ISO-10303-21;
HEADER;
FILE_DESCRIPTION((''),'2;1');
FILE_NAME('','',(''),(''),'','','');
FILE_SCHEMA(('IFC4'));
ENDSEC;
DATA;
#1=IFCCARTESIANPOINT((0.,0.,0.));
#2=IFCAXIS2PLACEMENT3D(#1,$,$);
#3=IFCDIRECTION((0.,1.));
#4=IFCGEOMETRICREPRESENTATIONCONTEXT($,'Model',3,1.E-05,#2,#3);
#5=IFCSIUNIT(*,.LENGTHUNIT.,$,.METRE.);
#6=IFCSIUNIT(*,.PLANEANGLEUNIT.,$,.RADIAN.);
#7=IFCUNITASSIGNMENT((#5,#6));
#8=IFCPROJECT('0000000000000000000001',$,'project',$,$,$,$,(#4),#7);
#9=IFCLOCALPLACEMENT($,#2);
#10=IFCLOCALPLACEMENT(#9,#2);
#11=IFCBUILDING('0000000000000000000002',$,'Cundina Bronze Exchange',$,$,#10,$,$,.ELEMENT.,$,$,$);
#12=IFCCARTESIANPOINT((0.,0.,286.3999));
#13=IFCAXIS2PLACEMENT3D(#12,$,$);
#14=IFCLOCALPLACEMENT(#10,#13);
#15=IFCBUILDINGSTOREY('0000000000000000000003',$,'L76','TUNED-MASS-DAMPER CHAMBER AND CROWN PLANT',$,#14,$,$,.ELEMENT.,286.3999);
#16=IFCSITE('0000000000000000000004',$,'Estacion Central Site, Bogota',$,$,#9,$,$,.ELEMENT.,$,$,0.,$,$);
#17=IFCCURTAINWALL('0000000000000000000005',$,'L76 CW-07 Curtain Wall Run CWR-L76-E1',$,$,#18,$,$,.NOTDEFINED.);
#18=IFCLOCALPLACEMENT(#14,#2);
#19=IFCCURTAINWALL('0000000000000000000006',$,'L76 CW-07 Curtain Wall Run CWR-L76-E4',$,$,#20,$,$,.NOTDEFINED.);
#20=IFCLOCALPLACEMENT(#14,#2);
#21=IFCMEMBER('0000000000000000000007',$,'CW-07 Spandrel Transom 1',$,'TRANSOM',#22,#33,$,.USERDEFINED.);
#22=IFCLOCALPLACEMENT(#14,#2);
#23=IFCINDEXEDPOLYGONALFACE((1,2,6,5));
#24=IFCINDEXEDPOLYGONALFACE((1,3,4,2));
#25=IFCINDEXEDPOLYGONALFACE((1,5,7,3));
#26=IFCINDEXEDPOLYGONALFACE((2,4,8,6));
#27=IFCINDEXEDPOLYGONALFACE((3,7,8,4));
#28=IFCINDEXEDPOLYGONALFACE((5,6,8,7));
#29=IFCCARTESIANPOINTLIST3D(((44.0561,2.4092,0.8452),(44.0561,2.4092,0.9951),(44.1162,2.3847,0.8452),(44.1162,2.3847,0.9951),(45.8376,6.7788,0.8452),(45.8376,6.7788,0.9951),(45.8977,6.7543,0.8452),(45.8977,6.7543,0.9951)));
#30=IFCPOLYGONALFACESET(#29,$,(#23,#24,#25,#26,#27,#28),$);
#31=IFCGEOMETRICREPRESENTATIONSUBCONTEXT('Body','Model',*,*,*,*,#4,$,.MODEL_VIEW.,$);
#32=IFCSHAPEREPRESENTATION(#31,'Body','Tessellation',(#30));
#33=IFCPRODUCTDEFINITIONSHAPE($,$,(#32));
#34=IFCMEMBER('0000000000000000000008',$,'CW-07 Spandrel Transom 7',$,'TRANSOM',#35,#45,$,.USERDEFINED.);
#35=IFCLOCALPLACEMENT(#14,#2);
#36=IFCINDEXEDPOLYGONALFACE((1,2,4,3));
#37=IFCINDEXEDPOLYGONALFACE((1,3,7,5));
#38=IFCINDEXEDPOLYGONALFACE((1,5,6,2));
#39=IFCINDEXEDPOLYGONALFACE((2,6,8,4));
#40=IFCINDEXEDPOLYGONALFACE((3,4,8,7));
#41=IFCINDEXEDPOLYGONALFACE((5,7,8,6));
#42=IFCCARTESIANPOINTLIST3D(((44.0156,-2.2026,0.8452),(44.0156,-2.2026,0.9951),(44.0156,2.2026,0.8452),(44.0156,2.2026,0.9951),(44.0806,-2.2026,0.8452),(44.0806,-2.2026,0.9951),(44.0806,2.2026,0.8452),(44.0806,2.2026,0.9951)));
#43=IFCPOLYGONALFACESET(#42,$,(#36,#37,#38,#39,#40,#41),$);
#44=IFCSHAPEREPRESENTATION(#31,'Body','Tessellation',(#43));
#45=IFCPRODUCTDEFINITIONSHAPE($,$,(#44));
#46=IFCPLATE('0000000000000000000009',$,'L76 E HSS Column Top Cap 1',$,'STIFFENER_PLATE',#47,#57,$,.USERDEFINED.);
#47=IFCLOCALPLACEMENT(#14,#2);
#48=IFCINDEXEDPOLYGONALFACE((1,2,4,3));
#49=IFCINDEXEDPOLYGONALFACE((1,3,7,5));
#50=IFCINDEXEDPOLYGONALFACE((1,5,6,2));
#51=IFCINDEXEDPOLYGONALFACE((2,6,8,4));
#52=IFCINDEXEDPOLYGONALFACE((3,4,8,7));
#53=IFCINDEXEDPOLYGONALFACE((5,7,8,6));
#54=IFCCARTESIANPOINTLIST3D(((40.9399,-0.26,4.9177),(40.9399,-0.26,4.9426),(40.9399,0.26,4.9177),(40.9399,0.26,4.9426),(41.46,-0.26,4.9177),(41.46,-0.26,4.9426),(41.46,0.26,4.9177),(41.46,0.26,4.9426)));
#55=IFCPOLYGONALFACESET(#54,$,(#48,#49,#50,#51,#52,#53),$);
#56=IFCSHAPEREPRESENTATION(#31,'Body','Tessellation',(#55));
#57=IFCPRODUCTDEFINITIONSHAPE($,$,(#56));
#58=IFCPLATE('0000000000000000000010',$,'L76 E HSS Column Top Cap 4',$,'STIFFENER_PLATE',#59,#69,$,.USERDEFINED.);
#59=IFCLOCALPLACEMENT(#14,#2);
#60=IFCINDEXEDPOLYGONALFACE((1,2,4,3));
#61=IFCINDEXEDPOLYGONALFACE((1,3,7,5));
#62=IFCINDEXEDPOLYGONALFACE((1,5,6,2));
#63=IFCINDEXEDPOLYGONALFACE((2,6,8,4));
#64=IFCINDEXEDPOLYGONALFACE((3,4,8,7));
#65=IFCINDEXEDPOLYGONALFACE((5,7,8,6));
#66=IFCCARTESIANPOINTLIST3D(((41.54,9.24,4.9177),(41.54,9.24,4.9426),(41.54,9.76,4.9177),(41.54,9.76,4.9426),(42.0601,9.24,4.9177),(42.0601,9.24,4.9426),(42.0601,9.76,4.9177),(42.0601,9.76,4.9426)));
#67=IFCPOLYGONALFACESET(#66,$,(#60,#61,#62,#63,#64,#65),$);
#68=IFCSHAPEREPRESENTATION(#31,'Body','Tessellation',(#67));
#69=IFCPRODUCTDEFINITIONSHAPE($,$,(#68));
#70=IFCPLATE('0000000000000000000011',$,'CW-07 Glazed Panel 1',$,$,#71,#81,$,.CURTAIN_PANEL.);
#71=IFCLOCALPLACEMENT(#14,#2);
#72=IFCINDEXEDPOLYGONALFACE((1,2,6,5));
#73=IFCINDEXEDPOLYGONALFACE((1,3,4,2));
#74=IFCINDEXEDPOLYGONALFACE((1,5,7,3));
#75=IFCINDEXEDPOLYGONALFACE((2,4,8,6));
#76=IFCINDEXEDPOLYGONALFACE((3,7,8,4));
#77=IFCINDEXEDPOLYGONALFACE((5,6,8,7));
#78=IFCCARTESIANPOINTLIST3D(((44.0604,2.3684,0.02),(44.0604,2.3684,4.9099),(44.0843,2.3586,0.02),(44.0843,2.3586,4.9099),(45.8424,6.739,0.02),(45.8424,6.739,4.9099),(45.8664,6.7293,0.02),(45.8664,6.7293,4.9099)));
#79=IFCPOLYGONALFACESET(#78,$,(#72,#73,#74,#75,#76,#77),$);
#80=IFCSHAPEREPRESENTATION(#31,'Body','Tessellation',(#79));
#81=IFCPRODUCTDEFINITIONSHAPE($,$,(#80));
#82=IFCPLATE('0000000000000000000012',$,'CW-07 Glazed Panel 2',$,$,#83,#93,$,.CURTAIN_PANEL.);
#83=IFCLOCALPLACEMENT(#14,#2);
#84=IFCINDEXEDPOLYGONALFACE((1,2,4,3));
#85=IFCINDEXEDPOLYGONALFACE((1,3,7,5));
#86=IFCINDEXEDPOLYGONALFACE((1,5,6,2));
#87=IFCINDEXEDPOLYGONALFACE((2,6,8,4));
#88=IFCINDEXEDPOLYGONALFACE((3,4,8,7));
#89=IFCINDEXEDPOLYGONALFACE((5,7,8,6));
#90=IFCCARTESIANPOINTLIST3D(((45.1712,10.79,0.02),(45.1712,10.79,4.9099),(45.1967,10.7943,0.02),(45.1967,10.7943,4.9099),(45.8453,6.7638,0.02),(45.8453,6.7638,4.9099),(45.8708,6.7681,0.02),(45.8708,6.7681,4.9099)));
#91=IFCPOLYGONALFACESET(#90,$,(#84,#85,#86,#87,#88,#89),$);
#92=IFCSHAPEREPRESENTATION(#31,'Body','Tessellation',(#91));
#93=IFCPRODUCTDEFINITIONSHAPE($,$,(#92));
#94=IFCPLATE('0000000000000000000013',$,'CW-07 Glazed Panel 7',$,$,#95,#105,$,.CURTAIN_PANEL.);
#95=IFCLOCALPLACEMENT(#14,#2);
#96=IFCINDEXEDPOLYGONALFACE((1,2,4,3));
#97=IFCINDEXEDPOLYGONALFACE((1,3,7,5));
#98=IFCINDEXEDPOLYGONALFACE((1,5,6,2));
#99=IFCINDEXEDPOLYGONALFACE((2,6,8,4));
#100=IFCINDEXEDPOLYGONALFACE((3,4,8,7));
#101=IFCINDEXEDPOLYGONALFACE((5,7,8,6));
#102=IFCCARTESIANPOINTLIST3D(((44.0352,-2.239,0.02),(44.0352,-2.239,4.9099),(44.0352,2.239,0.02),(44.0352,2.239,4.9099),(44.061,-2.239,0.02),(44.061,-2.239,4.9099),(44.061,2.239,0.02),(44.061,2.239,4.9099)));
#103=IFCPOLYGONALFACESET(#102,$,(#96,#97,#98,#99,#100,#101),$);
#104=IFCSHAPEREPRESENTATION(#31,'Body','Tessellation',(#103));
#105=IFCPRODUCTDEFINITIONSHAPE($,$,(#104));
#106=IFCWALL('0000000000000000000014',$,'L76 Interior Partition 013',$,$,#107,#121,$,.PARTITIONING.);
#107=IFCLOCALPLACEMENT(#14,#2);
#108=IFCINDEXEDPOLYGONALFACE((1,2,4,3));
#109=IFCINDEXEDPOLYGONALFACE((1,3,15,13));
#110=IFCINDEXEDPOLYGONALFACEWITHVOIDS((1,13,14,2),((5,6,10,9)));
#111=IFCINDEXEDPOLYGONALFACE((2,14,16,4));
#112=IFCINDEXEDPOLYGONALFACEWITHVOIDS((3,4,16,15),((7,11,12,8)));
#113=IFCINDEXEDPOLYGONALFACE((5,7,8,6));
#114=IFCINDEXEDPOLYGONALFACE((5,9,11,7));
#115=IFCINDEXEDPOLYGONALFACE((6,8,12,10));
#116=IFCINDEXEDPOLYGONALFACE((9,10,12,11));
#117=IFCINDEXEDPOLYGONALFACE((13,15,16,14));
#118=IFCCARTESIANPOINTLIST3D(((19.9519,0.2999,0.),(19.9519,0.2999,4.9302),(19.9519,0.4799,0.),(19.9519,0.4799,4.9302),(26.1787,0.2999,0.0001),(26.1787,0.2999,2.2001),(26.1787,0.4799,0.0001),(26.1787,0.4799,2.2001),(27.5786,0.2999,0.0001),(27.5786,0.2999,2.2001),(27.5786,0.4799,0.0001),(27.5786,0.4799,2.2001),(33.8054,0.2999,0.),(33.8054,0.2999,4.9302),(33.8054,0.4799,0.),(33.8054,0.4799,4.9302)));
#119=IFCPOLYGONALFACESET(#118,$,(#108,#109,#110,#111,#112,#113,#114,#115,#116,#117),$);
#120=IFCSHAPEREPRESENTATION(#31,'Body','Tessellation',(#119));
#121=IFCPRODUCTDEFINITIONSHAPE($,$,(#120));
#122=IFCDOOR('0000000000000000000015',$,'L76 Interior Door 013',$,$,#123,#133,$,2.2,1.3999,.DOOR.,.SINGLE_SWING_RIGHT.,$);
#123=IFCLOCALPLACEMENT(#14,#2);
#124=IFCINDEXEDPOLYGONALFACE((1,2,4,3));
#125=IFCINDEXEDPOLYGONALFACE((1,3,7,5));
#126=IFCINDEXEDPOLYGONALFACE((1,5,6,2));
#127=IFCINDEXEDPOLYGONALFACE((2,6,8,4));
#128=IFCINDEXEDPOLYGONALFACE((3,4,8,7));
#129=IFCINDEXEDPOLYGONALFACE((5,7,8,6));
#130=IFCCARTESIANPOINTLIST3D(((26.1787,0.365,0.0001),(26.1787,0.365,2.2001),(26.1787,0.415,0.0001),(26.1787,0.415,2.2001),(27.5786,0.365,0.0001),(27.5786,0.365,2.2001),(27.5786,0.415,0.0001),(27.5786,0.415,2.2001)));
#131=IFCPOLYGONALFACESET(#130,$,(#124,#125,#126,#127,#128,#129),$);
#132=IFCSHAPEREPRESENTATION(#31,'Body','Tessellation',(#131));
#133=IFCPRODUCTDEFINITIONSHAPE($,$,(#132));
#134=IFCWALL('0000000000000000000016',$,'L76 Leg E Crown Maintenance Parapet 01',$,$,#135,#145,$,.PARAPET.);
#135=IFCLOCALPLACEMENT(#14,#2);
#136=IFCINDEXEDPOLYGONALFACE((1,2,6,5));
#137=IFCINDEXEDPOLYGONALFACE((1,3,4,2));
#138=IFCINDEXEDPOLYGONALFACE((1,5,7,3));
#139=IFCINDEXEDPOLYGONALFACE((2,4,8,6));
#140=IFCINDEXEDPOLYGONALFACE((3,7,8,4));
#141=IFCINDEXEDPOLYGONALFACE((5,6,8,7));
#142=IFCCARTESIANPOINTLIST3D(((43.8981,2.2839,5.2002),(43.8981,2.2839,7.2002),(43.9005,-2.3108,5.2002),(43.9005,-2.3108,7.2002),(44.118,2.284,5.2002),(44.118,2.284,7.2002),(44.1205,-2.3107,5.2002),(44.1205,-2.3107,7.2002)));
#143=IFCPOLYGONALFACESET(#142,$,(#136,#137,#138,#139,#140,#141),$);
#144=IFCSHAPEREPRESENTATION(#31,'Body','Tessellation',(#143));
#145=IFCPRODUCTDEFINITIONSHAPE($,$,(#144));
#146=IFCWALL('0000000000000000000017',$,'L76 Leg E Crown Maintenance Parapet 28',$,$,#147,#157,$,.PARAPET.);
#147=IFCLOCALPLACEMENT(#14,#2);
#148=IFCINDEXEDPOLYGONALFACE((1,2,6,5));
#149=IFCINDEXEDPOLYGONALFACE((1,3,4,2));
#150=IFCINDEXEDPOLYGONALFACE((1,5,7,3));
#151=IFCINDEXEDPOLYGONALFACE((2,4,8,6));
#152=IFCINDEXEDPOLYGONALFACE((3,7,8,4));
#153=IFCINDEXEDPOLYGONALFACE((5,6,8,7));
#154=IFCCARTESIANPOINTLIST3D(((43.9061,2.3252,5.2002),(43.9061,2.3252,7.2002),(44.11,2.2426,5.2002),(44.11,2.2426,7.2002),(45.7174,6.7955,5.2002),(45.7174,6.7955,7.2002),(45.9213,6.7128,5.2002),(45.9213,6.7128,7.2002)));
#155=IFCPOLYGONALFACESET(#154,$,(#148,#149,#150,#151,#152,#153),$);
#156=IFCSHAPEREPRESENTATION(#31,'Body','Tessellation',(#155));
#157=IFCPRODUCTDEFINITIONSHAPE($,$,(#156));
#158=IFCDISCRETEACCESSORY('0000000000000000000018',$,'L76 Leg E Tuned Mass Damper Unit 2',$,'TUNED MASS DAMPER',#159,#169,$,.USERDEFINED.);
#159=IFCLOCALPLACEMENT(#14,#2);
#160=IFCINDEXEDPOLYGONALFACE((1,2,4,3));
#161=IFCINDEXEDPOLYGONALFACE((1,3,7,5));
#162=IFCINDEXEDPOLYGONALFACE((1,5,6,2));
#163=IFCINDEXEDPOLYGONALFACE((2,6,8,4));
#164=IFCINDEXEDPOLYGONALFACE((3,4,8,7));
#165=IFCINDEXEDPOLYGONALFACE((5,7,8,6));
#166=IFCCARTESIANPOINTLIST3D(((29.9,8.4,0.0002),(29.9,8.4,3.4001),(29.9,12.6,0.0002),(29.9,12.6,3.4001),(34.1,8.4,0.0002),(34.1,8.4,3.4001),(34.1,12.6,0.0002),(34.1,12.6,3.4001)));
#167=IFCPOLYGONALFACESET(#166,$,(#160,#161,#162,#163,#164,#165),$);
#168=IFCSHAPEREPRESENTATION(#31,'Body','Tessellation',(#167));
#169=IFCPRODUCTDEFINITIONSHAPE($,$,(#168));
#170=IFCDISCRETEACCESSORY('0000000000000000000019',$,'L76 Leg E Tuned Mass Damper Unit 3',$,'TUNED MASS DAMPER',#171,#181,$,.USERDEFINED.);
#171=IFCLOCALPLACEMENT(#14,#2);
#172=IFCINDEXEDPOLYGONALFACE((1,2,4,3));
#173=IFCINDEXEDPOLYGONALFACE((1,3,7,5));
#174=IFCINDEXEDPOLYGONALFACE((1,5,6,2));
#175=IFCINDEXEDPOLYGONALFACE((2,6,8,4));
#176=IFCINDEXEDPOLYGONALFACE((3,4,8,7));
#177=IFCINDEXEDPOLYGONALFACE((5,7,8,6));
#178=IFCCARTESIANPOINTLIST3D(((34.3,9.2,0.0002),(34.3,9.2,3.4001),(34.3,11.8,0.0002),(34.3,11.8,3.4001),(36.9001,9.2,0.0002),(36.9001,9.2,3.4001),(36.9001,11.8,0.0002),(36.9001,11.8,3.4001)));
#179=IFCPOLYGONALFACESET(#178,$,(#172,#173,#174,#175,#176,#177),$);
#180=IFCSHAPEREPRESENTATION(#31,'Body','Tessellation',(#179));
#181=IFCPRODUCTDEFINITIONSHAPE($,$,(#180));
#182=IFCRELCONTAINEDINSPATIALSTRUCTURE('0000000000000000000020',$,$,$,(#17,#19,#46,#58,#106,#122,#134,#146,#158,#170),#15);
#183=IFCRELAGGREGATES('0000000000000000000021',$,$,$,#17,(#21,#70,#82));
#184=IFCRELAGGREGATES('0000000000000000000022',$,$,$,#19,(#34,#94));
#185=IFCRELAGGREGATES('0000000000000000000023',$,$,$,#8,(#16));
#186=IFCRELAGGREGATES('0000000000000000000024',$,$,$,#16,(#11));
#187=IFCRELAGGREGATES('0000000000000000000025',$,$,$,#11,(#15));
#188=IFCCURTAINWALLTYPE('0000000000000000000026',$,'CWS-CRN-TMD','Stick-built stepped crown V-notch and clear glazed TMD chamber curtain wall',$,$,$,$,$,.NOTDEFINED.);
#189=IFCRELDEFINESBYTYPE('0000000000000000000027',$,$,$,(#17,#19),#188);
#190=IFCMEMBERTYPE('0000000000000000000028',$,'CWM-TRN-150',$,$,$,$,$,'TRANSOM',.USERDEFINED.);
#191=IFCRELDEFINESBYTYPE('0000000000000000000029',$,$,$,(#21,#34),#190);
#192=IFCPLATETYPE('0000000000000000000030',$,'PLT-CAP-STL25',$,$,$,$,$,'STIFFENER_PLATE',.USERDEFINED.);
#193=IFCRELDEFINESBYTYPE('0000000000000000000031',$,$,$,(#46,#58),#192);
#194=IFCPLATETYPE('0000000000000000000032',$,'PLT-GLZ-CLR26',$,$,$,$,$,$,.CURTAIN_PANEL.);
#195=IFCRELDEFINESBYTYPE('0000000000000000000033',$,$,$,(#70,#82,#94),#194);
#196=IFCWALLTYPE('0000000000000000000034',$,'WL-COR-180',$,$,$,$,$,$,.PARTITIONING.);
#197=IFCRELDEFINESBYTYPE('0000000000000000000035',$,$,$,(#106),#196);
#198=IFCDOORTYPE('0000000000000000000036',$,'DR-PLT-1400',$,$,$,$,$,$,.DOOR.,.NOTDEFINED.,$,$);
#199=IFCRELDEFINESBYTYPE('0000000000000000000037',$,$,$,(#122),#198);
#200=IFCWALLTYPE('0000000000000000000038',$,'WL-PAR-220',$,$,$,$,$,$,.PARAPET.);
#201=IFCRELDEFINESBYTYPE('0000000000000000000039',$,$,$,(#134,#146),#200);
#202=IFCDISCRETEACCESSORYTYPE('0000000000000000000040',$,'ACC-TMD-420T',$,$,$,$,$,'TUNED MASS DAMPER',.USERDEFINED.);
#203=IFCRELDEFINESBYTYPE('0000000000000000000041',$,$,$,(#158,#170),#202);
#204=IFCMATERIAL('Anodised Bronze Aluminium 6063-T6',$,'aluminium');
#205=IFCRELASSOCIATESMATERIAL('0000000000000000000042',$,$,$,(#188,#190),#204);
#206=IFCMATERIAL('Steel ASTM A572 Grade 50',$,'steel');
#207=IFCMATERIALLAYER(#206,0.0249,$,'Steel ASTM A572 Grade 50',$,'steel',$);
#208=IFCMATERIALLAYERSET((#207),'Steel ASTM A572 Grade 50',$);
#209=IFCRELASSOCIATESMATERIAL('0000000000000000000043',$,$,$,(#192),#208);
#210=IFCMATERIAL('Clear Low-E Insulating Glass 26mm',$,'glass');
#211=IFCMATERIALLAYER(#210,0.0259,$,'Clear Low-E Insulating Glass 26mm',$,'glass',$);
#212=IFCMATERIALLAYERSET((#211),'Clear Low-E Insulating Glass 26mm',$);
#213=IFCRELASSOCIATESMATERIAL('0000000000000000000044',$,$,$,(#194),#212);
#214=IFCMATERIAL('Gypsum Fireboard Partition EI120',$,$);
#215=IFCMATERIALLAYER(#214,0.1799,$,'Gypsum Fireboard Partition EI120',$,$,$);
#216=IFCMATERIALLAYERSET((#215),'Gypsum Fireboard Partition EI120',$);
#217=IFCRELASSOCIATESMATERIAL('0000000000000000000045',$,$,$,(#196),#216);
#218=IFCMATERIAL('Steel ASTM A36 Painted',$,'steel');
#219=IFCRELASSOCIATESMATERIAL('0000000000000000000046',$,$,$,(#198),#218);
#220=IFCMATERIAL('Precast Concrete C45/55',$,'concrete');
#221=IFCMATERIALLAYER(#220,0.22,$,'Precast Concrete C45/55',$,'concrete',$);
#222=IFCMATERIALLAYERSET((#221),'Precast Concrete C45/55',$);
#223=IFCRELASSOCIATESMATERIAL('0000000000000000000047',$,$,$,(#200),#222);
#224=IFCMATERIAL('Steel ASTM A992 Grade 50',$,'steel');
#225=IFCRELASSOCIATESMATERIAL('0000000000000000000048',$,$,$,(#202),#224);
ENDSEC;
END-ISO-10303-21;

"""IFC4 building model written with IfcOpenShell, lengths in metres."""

from ifc_helpers import new_model, si_unit, direction, frame, frame_2d, origin, origin_2d, place, context, subcontext, project, spatial, rectangle, extrude, material, layer, layer_set, material_profile, profile_set, type_object, element, fill, aggregate, save


model = new_model("IFC4")

# Units and contexts
model_context = context("Model", 3, precision=1e-05, world=origin(), true_north=direction((0.0, 1.0)))
body_context = subcontext(model_context, "Body", "Model", "MODEL_VIEW")
ifc_project = project(units=[si_unit("LENGTHUNIT", "METRE"), si_unit("PLANEANGLEUNIT", "RADIAN")], contexts=[model_context])

# Site, building, storey
site_placement = place(None, origin())
site = spatial("IfcSite", under=ifc_project, at=site_placement, Name="Estacion Central Site, Bogota", CompositionType="ELEMENT", RefElevation=0.0)
building_placement = place(site_placement, origin())
building = spatial("IfcBuilding", under=site, at=building_placement, Name="Cundina Bronze Exchange", CompositionType="ELEMENT")
storey_placement = place(building_placement, frame((0.0, 0.0, 286.3999)))
storey = spatial("IfcBuildingStorey", under=building, at=storey_placement, Name="L76", Description="TUNED-MASS-DAMPER CHAMBER AND CROWN PLANT", CompositionType="ELEMENT", Elevation=286.3999)

# Shared definitions
ifc_material_1 = material(Name="Steel ASTM A992 Grade 50", Category="steel")

# Curtain walls
ifc_material_2 = material(Name="Anodised Bronze Aluminium 6063-T6", Category="aluminium")
curtain_wall_type = type_object("IfcCurtainWallType", Name="CWS-CRN-TMD", Description="Stick-built stepped crown V-notch and clear glazed TMD chamber curtain wall", PredefinedType="NOTDEFINED", material=ifc_material_2)
curtain_wall_1_placement = place(storey_placement, origin())
curtain_wall_1 = element("IfcCurtainWall", 1, at=curtain_wall_1_placement, inside=storey, type_object=curtain_wall_type, Name="L76 CW-07 Curtain Wall Run CWR-L76-E1", PredefinedType="NOTDEFINED")
curtain_wall_2_placement = place(storey_placement, origin())
curtain_wall_2 = element("IfcCurtainWall", 2, at=curtain_wall_2_placement, inside=storey, type_object=curtain_wall_type, Name="L76 CW-07 Curtain Wall Run CWR-L76-E4", PredefinedType="NOTDEFINED")

# Members
ifc_material_profile_1 = material_profile(ifc_material_2, rectangle(XDim=0.0649, YDim=0.1499, at=origin_2d()), Name="AL65X150", Category="aluminium")
ifc_profile_set_1 = profile_set([ifc_material_profile_1], Name="Anodised Bronze Aluminium 6063-T6")
member_type_1 = type_object("IfcMemberType", Name="CWM-TRN-150", ElementType="TRANSOM", PredefinedType="USERDEFINED", material=ifc_profile_set_1)
member_1_placement = place(storey_placement, frame((44.0862, 2.397, 0.9202), z_axis=(0.377529, 0.925998, 0.0), x_axis=(-0.925998, 0.377529, 0.0)))
member_1 = element("IfcMember", 3, at=member_1_placement, type_object=member_type_1, Name="CW-07 Spandrel Transom 1", ObjectType="TRANSOM", PredefinedType="USERDEFINED", context=body_context, shape_type="SweptSolid", body=[
    extrude(rectangle(XDim=0.0649, YDim=0.1499, at=origin_2d()), origin(), (0.0, 0.0, 1.0), 4.7188),
])
member_2_placement = place(storey_placement, frame((44.0481, -2.2026, 0.9202), z_axis=(0.0, 1.0, 0.0), x_axis=(-1.0, 0.0, 0.0)))
member_2 = element("IfcMember", 4, at=member_2_placement, type_object=member_type_1, Name="CW-07 Spandrel Transom 7", ObjectType="TRANSOM", PredefinedType="USERDEFINED", context=body_context, shape_type="SweptSolid", body=[
    extrude(rectangle(XDim=0.0649, YDim=0.1499, at=origin_2d()), origin(), (0.0, 0.0, 1.0), 4.4053),
])

# Plates
ifc_material_3 = material(Name="Steel ASTM A572 Grade 50", Category="steel")
ifc_layer_1 = layer(ifc_material_3, 0.0249, Name="Steel ASTM A572 Grade 50", Category="steel")
ifc_layer_set_1 = layer_set([ifc_layer_1], Name="Steel ASTM A572 Grade 50")
plate_type_1 = type_object("IfcPlateType", Name="PLT-CAP-STL25", ElementType="STIFFENER_PLATE", PredefinedType="USERDEFINED", material=ifc_layer_set_1)
for number, where, z_axis, x_axis, name in (
    (5, (41.2, 0.0, 4.9177), (0.0, 0.0, 1.0), (1.0, 0.0, 0.0), "L76 E HSS Column Top Cap 1"),
    (6, (41.8, 9.5, 4.9177), (0.0, 0.0, 1.0), (1.0, 0.0, 0.0), "L76 E HSS Column Top Cap 4"),
):
    element("IfcPlate", number, at=place(storey_placement, frame(where, z_axis=z_axis, x_axis=x_axis)), inside=storey, type_object=plate_type_1, Name=name, ObjectType="STIFFENER_PLATE", PredefinedType="USERDEFINED", context=body_context, shape_type="SweptSolid", body=[
        extrude(rectangle(XDim=0.52, YDim=0.52, at=origin_2d()), origin(), (0.0, 0.0, 1.0), 0.0249),
    ])

# Plates
ifc_material_4 = material(Name="Clear Low-E Insulating Glass 26mm", Category="glass")
ifc_layer_2 = layer(ifc_material_4, 0.0259, Name="Clear Low-E Insulating Glass 26mm", Category="glass")
ifc_layer_set_2 = layer_set([ifc_layer_2], Name="Clear Low-E Insulating Glass 26mm")
plate_type_2 = type_object("IfcPlateType", Name="PLT-GLZ-CLR26", PredefinedType="CURTAIN_PANEL", material=ifc_layer_set_2)
plate_1_placement = place(storey_placement, frame((44.9634, 4.5488, 0.02), z_axis=(0.0, 0.0, 1.0), x_axis=(0.37755, 0.925989, 0.0)))
plate_1 = element("IfcPlate", 7, at=plate_1_placement, type_object=plate_type_2, Name="CW-07 Glazed Panel 1", PredefinedType="CURTAIN_PANEL", context=body_context, shape_type="SweptSolid", body=[
    extrude(rectangle(XDim=4.72, YDim=0.0259, at=origin_2d()), origin(), (0.0, 0.0, 1.0), 4.8899),
])
plate_2_placement = place(storey_placement, frame((45.521, 8.7791, 0.02), z_axis=(0.0, 0.0, 1.0), x_axis=(-0.165134, 0.986271, 0.0)))
plate_2 = element("IfcPlate", 8, at=plate_2_placement, type_object=plate_type_2, Name="CW-07 Glazed Panel 2", PredefinedType="CURTAIN_PANEL", context=body_context, shape_type="SweptSolid", body=[
    extrude(rectangle(XDim=4.0823, YDim=0.0259, at=origin_2d()), origin(), (0.0, 0.0, 1.0), 4.8899),
])
aggregate(curtain_wall_1, [member_1, plate_1, plate_2])
plate_3_placement = place(storey_placement, frame((44.0481, 0.0, 0.02), z_axis=(0.0, 0.0, 1.0), x_axis=(0.0, 1.0, 0.0)))
plate_3 = element("IfcPlate", 9, at=plate_3_placement, type_object=plate_type_2, Name="CW-07 Glazed Panel 7", PredefinedType="CURTAIN_PANEL", context=body_context, shape_type="SweptSolid", body=[
    extrude(rectangle(XDim=4.478, YDim=0.0259, at=origin_2d()), origin(), (0.0, 0.0, 1.0), 4.8899),
])
aggregate(curtain_wall_2, [member_2, plate_3])

# Wall, opening, door
ifc_material_5 = material(Name="Gypsum Fireboard Partition EI120")
ifc_layer_3 = layer(ifc_material_5, 0.1799, Name="Gypsum Fireboard Partition EI120")
ifc_layer_set_3 = layer_set([ifc_layer_3], Name="Gypsum Fireboard Partition EI120")
wall_type_1 = type_object("IfcWallType", Name="WL-COR-180", PredefinedType="PARTITIONING", material=ifc_layer_set_3)
wall_1_placement = place(storey_placement, frame((33.8054, 0.3899, 0.0), z_axis=(0.0, 0.0, 1.0), x_axis=(-1.0, 0.0, 0.0)))
wall_1 = element("IfcWall", 10, at=wall_1_placement, inside=storey, type_object=wall_type_1, Name="L76 Interior Partition 013", PredefinedType="PARTITIONING", context=body_context, shape_type="SweptSolid", body=[
    extrude(rectangle(XDim=13.8535, YDim=0.1799, at=frame_2d((6.9268, 0.0))), origin(), (0.0, 0.0, 1.0), 4.9302),
])
opening_placement = place(wall_1_placement, frame((6.2268, 0.0, 0.0)))
opening = element("IfcOpeningElement", 11, at=opening_placement, cuts=wall_1, PredefinedType="OPENING", context=body_context, shape_type="SweptSolid", body=[
    extrude(rectangle(XDim=1.3999, YDim=2.2, at=frame_2d((0.7, 1.1001))), frame((0.0, 0.0999, 0.0), z_axis=(0.0, -1.0, 0.0), x_axis=(1.0, 0.0, 0.0)), (0.0, 0.0, 1.0), 0.2),
])
ifc_material_6 = material(Name="Steel ASTM A36 Painted", Category="steel")
door_type = type_object("IfcDoorType", Name="DR-PLT-1400", OperationType="NOTDEFINED", PredefinedType="DOOR", material=ifc_material_6)
door_placement = place(opening_placement, origin())
door = element("IfcDoor", 12, at=door_placement, inside=storey, type_object=door_type, Name="L76 Interior Door 013", OperationType="SINGLE_SWING_RIGHT", OverallHeight=2.2, OverallWidth=1.3999, PredefinedType="DOOR", context=body_context, shape_type="SweptSolid", body=[
    extrude(rectangle(XDim=1.3999, YDim=2.2, at=frame_2d((0.7, 1.1001))), frame((0.0, 0.0249, 0.0), z_axis=(0.0, -1.0, 0.0), x_axis=(1.0, 0.0, 0.0)), (0.0, 0.0, 1.0), 0.05),
])
fill(opening, door)

# Walls
ifc_material_7 = material(Name="Precast Concrete C45/55", Category="concrete")
ifc_layer_4 = layer(ifc_material_7, 0.22, Name="Precast Concrete C45/55", Category="concrete")
ifc_layer_set_4 = layer_set([ifc_layer_4], Name="Precast Concrete C45/55")
wall_type_2 = type_object("IfcWallType", Name="WL-PAR-220", PredefinedType="PARAPET", material=ifc_layer_set_4)
wall_2_placement = place(storey_placement, frame((44.0081, 2.2839, 5.2002), z_axis=(0.0, 0.0, 1.0), x_axis=(0.000531, -1.0, 0.0)))
element("IfcWall", 13, at=wall_2_placement, inside=storey, type_object=wall_type_2, Name="L76 Leg E Crown Maintenance Parapet 01", PredefinedType="PARAPET", context=body_context, shape_type="SweptSolid", body=[
    extrude(rectangle(XDim=4.5947, YDim=0.22, at=frame_2d((2.2974, 0.0))), origin(), (0.0, 0.0, 1.0), 2.0),
])
wall_3_placement = place(storey_placement, frame((45.8193, 6.7542, 5.2002), z_axis=(0.0, 0.0, 1.0), x_axis=(-0.375532, -0.926809, 0.0)))
element("IfcWall", 14, at=wall_3_placement, inside=storey, type_object=wall_type_2, Name="L76 Leg E Crown Maintenance Parapet 28", PredefinedType="PARAPET", context=body_context, shape_type="SweptSolid", body=[
    extrude(rectangle(XDim=4.8232, YDim=0.22, at=frame_2d((2.4116, 0.0))), origin(), (0.0, 0.0, 1.0), 2.0),
])

# Discrete accessories
discrete_accessory_type = type_object("IfcDiscreteAccessoryType", Name="ACC-TMD-420T", ElementType="TUNED MASS DAMPER", PredefinedType="USERDEFINED", material=ifc_material_1)
discrete_accessory_1_placement = place(storey_placement, frame((32.0, 10.5, 0.0002), z_axis=(0.0, 0.0, 1.0), x_axis=(1.0, 0.0, 0.0)))
element("IfcDiscreteAccessory", 15, at=discrete_accessory_1_placement, inside=storey, type_object=discrete_accessory_type, Name="L76 Leg E Tuned Mass Damper Unit 2", ObjectType="TUNED MASS DAMPER", PredefinedType="USERDEFINED", context=body_context, shape_type="SweptSolid", body=[
    extrude(rectangle(XDim=4.2, YDim=4.2, at=origin_2d()), origin(), (0.0, 0.0, 1.0), 3.3999),
])
discrete_accessory_2_placement = place(storey_placement, frame((35.6001, 10.5, 0.0002), z_axis=(0.0, 0.0, 1.0), x_axis=(1.0, 0.0, 0.0)))
element("IfcDiscreteAccessory", 16, at=discrete_accessory_2_placement, inside=storey, type_object=discrete_accessory_type, Name="L76 Leg E Tuned Mass Damper Unit 3", ObjectType="TUNED MASS DAMPER", PredefinedType="USERDEFINED", context=body_context, shape_type="SweptSolid", body=[
    extrude(rectangle(XDim=2.6001, YDim=2.6001, at=origin_2d()), origin(), (0.0, 0.0, 1.0), 3.3999),
])

save(model, "model.ifc")
